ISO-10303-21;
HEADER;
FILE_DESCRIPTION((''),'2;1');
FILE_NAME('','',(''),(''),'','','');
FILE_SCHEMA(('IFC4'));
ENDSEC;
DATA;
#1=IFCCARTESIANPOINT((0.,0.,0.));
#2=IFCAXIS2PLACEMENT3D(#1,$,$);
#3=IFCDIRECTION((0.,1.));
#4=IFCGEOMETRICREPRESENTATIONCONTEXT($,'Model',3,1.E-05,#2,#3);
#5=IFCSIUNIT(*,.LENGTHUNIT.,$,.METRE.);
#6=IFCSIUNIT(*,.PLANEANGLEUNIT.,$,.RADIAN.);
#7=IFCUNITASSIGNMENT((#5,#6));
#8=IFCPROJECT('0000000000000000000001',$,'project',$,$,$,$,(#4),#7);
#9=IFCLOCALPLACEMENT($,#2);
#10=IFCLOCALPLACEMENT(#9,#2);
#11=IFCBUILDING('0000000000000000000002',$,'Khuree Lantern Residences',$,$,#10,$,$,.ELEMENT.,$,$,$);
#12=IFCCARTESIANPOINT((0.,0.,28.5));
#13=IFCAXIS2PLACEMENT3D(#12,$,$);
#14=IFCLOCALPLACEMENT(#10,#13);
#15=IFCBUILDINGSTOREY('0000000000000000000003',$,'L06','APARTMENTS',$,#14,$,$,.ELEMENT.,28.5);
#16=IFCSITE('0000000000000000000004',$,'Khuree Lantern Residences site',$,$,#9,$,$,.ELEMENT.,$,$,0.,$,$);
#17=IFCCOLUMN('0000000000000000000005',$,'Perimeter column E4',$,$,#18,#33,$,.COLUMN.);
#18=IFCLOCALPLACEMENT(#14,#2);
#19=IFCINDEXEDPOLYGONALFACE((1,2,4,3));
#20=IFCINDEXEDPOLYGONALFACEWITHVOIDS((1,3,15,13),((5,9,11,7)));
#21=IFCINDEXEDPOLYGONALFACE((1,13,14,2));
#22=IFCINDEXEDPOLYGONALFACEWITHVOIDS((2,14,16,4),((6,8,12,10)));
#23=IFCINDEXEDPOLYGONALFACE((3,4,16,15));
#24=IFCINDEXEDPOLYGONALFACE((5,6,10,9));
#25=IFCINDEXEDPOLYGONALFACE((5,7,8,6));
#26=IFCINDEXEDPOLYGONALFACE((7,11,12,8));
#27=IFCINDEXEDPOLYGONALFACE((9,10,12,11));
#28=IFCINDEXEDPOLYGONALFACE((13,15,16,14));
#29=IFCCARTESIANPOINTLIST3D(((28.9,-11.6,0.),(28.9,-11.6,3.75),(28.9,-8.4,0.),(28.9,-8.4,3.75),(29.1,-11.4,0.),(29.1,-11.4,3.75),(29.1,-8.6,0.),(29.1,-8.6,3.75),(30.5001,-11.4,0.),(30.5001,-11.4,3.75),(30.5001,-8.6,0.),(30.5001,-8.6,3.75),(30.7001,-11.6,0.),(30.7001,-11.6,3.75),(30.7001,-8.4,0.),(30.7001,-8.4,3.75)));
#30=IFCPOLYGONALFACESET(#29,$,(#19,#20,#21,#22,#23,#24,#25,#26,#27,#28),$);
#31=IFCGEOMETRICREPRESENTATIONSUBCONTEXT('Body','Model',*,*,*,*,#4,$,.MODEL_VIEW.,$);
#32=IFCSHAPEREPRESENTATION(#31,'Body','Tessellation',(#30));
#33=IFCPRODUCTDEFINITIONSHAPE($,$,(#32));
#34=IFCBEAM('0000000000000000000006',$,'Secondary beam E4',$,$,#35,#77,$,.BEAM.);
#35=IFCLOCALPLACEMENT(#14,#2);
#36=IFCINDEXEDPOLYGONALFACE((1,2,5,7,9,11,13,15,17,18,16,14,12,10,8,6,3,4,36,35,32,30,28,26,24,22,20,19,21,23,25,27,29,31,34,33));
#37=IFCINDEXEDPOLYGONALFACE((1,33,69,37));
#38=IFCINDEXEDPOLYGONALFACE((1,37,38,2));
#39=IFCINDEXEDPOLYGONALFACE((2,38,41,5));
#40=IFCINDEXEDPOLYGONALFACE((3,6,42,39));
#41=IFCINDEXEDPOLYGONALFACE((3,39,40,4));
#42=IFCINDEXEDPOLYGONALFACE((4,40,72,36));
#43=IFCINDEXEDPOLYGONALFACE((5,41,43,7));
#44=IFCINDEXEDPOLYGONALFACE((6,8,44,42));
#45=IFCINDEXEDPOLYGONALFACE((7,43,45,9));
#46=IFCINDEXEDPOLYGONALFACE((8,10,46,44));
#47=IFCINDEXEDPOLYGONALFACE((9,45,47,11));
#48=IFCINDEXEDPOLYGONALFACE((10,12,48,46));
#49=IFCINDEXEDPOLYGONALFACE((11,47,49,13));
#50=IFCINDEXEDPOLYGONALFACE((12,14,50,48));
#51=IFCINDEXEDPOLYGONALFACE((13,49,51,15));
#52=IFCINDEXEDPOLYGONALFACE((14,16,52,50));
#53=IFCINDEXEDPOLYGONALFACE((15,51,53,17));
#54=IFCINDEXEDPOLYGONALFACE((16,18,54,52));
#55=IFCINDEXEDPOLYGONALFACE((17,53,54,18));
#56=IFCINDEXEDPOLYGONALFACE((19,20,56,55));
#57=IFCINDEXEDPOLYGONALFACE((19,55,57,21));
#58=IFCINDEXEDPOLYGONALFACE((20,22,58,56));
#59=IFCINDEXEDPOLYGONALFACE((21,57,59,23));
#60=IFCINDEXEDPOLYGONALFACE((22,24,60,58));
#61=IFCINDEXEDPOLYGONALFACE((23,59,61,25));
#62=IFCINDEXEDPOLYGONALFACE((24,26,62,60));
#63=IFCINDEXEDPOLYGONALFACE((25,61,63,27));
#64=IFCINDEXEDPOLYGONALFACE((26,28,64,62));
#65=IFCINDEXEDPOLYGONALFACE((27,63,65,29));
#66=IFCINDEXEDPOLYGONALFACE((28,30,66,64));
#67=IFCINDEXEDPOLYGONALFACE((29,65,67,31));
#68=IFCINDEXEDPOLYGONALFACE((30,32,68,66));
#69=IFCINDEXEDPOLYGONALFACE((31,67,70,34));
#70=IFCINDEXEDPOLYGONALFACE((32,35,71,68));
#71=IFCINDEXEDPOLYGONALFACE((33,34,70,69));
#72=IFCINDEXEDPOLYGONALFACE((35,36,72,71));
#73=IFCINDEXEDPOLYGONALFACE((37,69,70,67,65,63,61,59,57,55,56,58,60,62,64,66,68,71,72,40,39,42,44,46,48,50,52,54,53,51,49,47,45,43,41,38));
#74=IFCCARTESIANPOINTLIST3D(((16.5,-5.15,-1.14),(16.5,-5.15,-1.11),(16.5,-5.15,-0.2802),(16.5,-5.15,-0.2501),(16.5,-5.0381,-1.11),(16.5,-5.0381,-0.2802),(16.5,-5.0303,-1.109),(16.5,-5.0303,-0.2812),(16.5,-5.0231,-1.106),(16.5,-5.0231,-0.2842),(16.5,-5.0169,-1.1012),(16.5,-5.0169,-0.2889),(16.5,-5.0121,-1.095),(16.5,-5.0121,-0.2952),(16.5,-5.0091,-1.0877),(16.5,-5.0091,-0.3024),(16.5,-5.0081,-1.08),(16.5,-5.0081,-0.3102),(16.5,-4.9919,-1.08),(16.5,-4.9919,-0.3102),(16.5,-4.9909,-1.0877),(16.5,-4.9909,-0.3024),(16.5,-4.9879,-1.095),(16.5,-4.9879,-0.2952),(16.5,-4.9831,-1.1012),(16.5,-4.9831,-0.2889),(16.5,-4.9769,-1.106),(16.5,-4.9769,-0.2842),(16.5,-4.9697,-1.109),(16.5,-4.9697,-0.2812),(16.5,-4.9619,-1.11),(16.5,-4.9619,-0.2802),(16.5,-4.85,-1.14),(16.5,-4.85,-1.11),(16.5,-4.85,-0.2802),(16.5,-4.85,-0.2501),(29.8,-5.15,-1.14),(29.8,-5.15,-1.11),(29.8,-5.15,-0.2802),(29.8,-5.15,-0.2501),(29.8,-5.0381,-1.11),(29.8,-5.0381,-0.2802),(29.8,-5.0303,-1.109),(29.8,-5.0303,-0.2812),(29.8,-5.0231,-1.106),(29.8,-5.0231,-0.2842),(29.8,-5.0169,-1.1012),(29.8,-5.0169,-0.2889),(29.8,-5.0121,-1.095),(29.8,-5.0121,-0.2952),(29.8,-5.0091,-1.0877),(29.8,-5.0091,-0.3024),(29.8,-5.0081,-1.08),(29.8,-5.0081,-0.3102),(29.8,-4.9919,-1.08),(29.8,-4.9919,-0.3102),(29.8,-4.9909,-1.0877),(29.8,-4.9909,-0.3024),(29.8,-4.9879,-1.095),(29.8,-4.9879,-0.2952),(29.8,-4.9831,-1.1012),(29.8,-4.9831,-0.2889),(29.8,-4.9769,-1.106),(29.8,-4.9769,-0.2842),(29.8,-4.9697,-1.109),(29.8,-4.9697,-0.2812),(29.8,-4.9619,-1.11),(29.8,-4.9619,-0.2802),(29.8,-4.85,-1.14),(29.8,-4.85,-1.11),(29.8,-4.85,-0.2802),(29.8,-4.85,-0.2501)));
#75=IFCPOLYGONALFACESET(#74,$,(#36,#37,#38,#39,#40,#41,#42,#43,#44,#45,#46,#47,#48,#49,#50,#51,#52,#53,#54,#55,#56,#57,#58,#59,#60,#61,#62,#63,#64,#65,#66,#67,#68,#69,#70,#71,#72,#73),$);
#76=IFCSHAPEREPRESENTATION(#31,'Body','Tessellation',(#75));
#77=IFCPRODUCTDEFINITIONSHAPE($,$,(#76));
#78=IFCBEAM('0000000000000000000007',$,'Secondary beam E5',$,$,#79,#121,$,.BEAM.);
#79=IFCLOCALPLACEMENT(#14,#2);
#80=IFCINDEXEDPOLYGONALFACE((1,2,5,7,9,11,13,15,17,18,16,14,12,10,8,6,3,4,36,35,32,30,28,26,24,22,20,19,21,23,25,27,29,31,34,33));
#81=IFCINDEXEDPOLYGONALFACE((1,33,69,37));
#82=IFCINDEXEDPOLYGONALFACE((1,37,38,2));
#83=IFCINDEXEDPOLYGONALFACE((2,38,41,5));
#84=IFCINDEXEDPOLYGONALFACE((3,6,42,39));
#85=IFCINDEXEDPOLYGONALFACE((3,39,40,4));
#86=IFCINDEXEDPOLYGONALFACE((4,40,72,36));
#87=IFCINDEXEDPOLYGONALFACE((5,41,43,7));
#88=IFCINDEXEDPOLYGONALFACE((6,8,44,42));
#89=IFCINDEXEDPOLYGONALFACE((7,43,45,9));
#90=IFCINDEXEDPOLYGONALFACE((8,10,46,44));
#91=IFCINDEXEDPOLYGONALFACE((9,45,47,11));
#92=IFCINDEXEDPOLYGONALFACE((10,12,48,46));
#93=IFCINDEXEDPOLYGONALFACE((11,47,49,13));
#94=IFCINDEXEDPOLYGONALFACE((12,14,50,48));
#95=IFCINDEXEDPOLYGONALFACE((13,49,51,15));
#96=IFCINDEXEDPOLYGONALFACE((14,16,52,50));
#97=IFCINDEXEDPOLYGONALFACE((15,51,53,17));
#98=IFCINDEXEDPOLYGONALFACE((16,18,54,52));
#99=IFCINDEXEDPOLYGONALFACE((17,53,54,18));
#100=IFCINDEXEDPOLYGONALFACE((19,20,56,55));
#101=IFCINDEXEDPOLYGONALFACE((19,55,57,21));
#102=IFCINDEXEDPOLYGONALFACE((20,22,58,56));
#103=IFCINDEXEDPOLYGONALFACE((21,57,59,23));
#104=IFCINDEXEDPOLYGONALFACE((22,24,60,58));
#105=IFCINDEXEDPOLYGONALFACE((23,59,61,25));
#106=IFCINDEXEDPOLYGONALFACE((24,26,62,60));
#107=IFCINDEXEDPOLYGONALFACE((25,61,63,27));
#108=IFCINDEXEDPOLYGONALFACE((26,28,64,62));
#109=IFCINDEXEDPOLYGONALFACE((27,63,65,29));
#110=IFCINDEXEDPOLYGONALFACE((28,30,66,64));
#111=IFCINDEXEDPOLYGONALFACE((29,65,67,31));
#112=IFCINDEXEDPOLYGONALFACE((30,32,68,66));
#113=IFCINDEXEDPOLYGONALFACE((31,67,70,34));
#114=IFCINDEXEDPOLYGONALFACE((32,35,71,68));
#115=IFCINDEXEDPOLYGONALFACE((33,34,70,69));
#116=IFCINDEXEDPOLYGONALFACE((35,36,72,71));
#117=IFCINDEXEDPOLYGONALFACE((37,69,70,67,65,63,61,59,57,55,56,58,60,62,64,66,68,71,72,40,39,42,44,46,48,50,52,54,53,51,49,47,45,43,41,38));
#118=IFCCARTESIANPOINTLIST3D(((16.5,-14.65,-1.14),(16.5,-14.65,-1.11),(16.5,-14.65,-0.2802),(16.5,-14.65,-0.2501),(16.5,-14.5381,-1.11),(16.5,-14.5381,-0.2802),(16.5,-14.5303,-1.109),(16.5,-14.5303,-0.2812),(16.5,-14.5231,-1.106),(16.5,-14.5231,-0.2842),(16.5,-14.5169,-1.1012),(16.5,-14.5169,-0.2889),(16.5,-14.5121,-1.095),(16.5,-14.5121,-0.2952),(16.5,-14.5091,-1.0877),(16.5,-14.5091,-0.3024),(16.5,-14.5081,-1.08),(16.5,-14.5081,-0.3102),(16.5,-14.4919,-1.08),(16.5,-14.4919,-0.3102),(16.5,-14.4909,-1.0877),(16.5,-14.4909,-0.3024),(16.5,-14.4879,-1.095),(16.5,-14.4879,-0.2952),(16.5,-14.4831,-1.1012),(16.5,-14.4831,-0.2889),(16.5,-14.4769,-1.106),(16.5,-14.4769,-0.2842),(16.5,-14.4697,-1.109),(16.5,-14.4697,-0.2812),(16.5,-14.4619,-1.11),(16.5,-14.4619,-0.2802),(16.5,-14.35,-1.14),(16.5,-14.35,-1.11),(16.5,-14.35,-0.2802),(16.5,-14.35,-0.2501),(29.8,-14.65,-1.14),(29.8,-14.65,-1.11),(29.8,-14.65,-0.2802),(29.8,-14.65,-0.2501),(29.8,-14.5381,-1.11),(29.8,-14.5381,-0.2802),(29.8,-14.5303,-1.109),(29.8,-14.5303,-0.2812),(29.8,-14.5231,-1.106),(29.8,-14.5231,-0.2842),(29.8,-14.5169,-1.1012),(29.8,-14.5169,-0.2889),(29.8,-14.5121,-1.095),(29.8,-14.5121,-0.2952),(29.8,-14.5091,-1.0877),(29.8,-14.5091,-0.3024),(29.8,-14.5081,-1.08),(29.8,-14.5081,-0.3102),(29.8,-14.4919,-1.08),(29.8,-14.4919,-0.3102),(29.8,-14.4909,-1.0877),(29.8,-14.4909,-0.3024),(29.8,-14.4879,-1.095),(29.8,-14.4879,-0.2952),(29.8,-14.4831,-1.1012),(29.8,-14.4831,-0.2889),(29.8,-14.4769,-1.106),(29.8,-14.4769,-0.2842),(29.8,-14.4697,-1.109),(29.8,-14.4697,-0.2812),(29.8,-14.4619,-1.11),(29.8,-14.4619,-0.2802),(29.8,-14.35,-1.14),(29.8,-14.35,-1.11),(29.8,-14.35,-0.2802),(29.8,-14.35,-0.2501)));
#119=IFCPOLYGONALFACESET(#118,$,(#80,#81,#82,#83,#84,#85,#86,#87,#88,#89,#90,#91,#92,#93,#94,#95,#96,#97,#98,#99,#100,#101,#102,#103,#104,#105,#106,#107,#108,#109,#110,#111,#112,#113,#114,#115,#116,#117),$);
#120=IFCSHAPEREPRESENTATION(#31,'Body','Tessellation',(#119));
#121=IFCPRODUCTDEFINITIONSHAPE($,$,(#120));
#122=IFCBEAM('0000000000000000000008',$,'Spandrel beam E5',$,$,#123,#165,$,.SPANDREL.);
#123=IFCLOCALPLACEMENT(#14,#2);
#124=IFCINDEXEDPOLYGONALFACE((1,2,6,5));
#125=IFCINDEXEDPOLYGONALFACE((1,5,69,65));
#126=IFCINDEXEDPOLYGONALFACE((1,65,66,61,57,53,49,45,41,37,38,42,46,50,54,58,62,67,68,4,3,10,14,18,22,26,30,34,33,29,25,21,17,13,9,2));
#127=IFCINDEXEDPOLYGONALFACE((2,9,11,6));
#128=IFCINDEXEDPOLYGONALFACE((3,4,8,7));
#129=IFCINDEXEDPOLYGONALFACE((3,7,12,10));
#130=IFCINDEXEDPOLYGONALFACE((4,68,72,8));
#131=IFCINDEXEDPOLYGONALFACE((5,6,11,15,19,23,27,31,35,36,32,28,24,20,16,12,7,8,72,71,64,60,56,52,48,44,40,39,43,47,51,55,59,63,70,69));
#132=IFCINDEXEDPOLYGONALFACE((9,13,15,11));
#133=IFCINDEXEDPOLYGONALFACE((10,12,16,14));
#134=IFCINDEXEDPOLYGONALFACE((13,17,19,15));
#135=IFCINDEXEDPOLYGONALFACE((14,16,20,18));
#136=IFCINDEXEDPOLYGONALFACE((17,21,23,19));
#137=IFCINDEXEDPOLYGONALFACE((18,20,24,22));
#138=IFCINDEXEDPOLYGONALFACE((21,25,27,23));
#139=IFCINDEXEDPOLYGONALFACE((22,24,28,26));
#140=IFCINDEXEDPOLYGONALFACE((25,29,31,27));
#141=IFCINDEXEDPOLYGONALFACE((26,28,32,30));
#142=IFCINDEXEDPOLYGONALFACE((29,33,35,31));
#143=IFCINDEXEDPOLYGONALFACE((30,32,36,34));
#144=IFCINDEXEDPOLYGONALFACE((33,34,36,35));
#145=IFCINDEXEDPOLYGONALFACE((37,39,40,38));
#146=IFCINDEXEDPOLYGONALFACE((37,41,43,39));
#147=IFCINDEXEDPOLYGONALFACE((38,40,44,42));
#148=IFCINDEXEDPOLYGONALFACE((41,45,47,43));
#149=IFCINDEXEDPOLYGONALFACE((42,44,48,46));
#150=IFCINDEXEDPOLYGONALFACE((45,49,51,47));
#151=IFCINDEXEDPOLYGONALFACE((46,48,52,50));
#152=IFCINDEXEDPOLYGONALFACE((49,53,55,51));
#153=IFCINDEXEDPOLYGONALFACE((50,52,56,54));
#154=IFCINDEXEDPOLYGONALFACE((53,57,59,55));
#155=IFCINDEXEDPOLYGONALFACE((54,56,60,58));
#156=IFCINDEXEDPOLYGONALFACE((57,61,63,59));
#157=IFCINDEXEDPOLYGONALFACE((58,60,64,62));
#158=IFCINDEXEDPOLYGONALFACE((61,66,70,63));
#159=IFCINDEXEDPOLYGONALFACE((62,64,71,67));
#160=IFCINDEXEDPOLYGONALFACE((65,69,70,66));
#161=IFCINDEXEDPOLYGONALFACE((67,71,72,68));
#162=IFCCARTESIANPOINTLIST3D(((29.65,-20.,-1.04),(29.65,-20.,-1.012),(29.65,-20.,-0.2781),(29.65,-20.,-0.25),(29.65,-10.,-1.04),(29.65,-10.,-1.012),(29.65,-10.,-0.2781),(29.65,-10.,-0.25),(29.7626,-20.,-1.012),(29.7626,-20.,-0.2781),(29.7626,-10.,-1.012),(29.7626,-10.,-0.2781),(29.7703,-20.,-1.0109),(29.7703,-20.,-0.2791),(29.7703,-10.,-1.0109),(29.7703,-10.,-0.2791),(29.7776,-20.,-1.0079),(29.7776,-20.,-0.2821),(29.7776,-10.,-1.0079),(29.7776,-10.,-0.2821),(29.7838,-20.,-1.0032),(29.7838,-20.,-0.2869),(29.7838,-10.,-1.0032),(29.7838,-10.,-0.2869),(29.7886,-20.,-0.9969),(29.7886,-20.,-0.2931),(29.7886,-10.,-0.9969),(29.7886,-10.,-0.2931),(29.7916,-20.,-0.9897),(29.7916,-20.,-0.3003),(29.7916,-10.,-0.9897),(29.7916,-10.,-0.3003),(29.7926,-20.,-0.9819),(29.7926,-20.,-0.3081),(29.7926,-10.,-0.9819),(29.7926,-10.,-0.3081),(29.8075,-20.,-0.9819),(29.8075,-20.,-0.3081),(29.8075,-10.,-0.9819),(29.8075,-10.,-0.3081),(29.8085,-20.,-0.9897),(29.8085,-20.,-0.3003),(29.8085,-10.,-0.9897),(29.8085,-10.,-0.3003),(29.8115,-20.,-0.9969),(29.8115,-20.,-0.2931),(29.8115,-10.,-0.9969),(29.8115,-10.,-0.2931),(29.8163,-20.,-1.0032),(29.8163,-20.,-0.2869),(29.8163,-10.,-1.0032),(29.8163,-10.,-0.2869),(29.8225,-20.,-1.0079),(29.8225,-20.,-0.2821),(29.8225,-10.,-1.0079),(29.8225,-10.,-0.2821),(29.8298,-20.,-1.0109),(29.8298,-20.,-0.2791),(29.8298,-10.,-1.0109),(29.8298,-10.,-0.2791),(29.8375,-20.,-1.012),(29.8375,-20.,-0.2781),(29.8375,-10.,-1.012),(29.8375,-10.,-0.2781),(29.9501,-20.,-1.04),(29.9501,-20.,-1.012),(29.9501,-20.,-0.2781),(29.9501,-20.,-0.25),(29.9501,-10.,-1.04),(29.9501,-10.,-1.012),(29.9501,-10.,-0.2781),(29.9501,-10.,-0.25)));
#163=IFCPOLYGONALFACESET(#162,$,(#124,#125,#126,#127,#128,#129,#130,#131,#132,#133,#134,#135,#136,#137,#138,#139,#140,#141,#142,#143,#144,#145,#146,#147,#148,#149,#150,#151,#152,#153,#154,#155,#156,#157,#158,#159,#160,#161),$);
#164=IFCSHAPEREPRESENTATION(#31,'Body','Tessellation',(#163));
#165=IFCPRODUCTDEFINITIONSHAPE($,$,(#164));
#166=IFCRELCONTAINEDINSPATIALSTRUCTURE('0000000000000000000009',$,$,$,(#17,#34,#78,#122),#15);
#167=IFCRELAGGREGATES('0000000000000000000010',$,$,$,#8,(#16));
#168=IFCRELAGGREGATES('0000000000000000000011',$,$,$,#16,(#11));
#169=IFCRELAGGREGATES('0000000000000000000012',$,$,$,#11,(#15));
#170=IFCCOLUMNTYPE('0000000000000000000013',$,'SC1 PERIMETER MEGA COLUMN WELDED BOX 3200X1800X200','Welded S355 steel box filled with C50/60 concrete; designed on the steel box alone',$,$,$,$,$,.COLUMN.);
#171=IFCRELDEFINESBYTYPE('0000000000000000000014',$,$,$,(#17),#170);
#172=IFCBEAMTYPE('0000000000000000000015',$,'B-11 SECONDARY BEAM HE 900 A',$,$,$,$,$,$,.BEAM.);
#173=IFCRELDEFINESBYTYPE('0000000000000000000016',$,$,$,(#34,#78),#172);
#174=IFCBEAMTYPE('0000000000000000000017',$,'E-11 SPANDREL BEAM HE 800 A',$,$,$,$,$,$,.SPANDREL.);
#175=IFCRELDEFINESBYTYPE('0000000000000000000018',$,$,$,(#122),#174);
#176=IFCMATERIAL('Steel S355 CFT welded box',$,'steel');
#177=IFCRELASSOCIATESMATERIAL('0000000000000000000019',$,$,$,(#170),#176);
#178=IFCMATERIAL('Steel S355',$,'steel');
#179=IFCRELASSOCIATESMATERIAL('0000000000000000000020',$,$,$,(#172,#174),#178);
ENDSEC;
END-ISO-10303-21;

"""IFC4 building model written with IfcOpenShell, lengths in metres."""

from ifc_helpers import new_model, si_unit, direction, frame, origin, origin_2d, place, context, subcontext, project, spatial, hollow_rectangle, i_section, extrude, material, material_profile, profile_set, type_object, element, save


model = new_model("IFC4")

# Units and contexts
model_context = context("Model", 3, precision=1e-05, world=origin(), true_north=direction((0.0, 1.0)))
body_context = subcontext(model_context, "Body", "Model", "MODEL_VIEW")
ifc_project = project(units=[si_unit("LENGTHUNIT", "METRE"), si_unit("PLANEANGLEUNIT", "RADIAN")], contexts=[model_context])

# Site, building, storey
site_placement = place(None, origin())
site = spatial("IfcSite", under=ifc_project, at=site_placement, Name="Khuree Lantern Residences site", CompositionType="ELEMENT", RefElevation=0.0)
building_placement = place(site_placement, origin())
building = spatial("IfcBuilding", under=site, at=building_placement, Name="Khuree Lantern Residences", CompositionType="ELEMENT")
storey_placement = place(building_placement, frame((0.0, 0.0, 28.5)))
storey = spatial("IfcBuildingStorey", under=building, at=storey_placement, Name="L06", Description="APARTMENTS", CompositionType="ELEMENT", Elevation=28.5)

# Column
ifc_material_1 = material(Name="Steel S355 CFT welded box", Category="steel")
ifc_material_profile_1 = material_profile(ifc_material_1, hollow_rectangle(XDim=3.2, YDim=1.8, WallThickness=0.2, at=origin_2d()), Name="WELDED BOX 3200X1800X200")
ifc_profile_set_1 = profile_set([ifc_material_profile_1], Name="Steel S355 CFT welded box")
column_type = type_object("IfcColumnType", Name="SC1 PERIMETER MEGA COLUMN WELDED BOX 3200X1800X200", Description="Welded S355 steel box filled with C50/60 concrete; designed on the steel box alone", PredefinedType="COLUMN", material=ifc_profile_set_1)
column_placement = place(storey_placement, frame((29.8, -10.0, 0.0), z_axis=(0.0, 0.0, 1.0), x_axis=(0.0, 1.0, 0.0)))
element("IfcColumn", 1, at=column_placement, inside=storey, type_object=column_type, Name="Perimeter column E4", PredefinedType="COLUMN", context=body_context, shape_type="SweptSolid", body=[
    extrude(hollow_rectangle(XDim=3.2, YDim=1.8, WallThickness=0.2, at=origin_2d()), origin(), (0.0, 0.0, 1.0), 3.75),
])

# Beams
ifc_material_2 = material(Name="Steel S355", Category="steel")
ifc_material_profile_2 = material_profile(ifc_material_2, i_section(OverallWidth=0.3, OverallDepth=0.8899, WebThickness=0.0161, FlangeThickness=0.03, FilletRadius=0.03, at=origin_2d()), Name="HE 900 A")
ifc_profile_set_2 = profile_set([ifc_material_profile_2], Name="Steel S355")
beam_type_1 = type_object("IfcBeamType", Name="B-11 SECONDARY BEAM HE 900 A", PredefinedType="BEAM", material=ifc_profile_set_2)
for number, where, z_axis, x_axis, name in (
    (2, (29.8, -5.0, -0.6951), (-1.0, 0.0, 0.0), (0.0, -1.0, 0.0), "Secondary beam E4"),
    (3, (29.8, -14.5, -0.6951), (-1.0, 0.0, 0.0), (0.0, -1.0, 0.0), "Secondary beam E5"),
):
    element("IfcBeam", number, at=place(storey_placement, frame(where, z_axis=z_axis, x_axis=x_axis)), inside=storey, type_object=beam_type_1, Name=name, PredefinedType="BEAM", context=body_context, shape_type="SweptSolid", body=[
        extrude(i_section(OverallWidth=0.3, OverallDepth=0.8899, WebThickness=0.0161, FlangeThickness=0.03, FilletRadius=0.03, at=origin_2d()), origin(), (0.0, 0.0, 1.0), 13.3),
    ])
ifc_material_profile_3 = material_profile(ifc_material_2, i_section(OverallWidth=0.3, OverallDepth=0.79, WebThickness=0.0149, FlangeThickness=0.0281, FilletRadius=0.03, at=origin_2d()), Name="HE 800 A")
ifc_profile_set_3 = profile_set([ifc_material_profile_3], Name="Steel S355")
beam_type_2 = type_object("IfcBeamType", Name="E-11 SPANDREL BEAM HE 800 A", PredefinedType="SPANDREL", material=ifc_profile_set_3)
beam_1_placement = place(storey_placement, frame((29.8, -10.0, -0.645), z_axis=(0.0, -1.0, 0.0), x_axis=(1.0, 0.0, 0.0)))
element("IfcBeam", 4, at=beam_1_placement, inside=storey, type_object=beam_type_2, Name="Spandrel beam E5", PredefinedType="SPANDREL", context=body_context, shape_type="SweptSolid", body=[
    extrude(i_section(OverallWidth=0.3, OverallDepth=0.79, WebThickness=0.0149, FlangeThickness=0.0281, FilletRadius=0.03, at=origin_2d()), origin(), (0.0, 0.0, 1.0), 10.0),
])

save(model, "model.ifc")
